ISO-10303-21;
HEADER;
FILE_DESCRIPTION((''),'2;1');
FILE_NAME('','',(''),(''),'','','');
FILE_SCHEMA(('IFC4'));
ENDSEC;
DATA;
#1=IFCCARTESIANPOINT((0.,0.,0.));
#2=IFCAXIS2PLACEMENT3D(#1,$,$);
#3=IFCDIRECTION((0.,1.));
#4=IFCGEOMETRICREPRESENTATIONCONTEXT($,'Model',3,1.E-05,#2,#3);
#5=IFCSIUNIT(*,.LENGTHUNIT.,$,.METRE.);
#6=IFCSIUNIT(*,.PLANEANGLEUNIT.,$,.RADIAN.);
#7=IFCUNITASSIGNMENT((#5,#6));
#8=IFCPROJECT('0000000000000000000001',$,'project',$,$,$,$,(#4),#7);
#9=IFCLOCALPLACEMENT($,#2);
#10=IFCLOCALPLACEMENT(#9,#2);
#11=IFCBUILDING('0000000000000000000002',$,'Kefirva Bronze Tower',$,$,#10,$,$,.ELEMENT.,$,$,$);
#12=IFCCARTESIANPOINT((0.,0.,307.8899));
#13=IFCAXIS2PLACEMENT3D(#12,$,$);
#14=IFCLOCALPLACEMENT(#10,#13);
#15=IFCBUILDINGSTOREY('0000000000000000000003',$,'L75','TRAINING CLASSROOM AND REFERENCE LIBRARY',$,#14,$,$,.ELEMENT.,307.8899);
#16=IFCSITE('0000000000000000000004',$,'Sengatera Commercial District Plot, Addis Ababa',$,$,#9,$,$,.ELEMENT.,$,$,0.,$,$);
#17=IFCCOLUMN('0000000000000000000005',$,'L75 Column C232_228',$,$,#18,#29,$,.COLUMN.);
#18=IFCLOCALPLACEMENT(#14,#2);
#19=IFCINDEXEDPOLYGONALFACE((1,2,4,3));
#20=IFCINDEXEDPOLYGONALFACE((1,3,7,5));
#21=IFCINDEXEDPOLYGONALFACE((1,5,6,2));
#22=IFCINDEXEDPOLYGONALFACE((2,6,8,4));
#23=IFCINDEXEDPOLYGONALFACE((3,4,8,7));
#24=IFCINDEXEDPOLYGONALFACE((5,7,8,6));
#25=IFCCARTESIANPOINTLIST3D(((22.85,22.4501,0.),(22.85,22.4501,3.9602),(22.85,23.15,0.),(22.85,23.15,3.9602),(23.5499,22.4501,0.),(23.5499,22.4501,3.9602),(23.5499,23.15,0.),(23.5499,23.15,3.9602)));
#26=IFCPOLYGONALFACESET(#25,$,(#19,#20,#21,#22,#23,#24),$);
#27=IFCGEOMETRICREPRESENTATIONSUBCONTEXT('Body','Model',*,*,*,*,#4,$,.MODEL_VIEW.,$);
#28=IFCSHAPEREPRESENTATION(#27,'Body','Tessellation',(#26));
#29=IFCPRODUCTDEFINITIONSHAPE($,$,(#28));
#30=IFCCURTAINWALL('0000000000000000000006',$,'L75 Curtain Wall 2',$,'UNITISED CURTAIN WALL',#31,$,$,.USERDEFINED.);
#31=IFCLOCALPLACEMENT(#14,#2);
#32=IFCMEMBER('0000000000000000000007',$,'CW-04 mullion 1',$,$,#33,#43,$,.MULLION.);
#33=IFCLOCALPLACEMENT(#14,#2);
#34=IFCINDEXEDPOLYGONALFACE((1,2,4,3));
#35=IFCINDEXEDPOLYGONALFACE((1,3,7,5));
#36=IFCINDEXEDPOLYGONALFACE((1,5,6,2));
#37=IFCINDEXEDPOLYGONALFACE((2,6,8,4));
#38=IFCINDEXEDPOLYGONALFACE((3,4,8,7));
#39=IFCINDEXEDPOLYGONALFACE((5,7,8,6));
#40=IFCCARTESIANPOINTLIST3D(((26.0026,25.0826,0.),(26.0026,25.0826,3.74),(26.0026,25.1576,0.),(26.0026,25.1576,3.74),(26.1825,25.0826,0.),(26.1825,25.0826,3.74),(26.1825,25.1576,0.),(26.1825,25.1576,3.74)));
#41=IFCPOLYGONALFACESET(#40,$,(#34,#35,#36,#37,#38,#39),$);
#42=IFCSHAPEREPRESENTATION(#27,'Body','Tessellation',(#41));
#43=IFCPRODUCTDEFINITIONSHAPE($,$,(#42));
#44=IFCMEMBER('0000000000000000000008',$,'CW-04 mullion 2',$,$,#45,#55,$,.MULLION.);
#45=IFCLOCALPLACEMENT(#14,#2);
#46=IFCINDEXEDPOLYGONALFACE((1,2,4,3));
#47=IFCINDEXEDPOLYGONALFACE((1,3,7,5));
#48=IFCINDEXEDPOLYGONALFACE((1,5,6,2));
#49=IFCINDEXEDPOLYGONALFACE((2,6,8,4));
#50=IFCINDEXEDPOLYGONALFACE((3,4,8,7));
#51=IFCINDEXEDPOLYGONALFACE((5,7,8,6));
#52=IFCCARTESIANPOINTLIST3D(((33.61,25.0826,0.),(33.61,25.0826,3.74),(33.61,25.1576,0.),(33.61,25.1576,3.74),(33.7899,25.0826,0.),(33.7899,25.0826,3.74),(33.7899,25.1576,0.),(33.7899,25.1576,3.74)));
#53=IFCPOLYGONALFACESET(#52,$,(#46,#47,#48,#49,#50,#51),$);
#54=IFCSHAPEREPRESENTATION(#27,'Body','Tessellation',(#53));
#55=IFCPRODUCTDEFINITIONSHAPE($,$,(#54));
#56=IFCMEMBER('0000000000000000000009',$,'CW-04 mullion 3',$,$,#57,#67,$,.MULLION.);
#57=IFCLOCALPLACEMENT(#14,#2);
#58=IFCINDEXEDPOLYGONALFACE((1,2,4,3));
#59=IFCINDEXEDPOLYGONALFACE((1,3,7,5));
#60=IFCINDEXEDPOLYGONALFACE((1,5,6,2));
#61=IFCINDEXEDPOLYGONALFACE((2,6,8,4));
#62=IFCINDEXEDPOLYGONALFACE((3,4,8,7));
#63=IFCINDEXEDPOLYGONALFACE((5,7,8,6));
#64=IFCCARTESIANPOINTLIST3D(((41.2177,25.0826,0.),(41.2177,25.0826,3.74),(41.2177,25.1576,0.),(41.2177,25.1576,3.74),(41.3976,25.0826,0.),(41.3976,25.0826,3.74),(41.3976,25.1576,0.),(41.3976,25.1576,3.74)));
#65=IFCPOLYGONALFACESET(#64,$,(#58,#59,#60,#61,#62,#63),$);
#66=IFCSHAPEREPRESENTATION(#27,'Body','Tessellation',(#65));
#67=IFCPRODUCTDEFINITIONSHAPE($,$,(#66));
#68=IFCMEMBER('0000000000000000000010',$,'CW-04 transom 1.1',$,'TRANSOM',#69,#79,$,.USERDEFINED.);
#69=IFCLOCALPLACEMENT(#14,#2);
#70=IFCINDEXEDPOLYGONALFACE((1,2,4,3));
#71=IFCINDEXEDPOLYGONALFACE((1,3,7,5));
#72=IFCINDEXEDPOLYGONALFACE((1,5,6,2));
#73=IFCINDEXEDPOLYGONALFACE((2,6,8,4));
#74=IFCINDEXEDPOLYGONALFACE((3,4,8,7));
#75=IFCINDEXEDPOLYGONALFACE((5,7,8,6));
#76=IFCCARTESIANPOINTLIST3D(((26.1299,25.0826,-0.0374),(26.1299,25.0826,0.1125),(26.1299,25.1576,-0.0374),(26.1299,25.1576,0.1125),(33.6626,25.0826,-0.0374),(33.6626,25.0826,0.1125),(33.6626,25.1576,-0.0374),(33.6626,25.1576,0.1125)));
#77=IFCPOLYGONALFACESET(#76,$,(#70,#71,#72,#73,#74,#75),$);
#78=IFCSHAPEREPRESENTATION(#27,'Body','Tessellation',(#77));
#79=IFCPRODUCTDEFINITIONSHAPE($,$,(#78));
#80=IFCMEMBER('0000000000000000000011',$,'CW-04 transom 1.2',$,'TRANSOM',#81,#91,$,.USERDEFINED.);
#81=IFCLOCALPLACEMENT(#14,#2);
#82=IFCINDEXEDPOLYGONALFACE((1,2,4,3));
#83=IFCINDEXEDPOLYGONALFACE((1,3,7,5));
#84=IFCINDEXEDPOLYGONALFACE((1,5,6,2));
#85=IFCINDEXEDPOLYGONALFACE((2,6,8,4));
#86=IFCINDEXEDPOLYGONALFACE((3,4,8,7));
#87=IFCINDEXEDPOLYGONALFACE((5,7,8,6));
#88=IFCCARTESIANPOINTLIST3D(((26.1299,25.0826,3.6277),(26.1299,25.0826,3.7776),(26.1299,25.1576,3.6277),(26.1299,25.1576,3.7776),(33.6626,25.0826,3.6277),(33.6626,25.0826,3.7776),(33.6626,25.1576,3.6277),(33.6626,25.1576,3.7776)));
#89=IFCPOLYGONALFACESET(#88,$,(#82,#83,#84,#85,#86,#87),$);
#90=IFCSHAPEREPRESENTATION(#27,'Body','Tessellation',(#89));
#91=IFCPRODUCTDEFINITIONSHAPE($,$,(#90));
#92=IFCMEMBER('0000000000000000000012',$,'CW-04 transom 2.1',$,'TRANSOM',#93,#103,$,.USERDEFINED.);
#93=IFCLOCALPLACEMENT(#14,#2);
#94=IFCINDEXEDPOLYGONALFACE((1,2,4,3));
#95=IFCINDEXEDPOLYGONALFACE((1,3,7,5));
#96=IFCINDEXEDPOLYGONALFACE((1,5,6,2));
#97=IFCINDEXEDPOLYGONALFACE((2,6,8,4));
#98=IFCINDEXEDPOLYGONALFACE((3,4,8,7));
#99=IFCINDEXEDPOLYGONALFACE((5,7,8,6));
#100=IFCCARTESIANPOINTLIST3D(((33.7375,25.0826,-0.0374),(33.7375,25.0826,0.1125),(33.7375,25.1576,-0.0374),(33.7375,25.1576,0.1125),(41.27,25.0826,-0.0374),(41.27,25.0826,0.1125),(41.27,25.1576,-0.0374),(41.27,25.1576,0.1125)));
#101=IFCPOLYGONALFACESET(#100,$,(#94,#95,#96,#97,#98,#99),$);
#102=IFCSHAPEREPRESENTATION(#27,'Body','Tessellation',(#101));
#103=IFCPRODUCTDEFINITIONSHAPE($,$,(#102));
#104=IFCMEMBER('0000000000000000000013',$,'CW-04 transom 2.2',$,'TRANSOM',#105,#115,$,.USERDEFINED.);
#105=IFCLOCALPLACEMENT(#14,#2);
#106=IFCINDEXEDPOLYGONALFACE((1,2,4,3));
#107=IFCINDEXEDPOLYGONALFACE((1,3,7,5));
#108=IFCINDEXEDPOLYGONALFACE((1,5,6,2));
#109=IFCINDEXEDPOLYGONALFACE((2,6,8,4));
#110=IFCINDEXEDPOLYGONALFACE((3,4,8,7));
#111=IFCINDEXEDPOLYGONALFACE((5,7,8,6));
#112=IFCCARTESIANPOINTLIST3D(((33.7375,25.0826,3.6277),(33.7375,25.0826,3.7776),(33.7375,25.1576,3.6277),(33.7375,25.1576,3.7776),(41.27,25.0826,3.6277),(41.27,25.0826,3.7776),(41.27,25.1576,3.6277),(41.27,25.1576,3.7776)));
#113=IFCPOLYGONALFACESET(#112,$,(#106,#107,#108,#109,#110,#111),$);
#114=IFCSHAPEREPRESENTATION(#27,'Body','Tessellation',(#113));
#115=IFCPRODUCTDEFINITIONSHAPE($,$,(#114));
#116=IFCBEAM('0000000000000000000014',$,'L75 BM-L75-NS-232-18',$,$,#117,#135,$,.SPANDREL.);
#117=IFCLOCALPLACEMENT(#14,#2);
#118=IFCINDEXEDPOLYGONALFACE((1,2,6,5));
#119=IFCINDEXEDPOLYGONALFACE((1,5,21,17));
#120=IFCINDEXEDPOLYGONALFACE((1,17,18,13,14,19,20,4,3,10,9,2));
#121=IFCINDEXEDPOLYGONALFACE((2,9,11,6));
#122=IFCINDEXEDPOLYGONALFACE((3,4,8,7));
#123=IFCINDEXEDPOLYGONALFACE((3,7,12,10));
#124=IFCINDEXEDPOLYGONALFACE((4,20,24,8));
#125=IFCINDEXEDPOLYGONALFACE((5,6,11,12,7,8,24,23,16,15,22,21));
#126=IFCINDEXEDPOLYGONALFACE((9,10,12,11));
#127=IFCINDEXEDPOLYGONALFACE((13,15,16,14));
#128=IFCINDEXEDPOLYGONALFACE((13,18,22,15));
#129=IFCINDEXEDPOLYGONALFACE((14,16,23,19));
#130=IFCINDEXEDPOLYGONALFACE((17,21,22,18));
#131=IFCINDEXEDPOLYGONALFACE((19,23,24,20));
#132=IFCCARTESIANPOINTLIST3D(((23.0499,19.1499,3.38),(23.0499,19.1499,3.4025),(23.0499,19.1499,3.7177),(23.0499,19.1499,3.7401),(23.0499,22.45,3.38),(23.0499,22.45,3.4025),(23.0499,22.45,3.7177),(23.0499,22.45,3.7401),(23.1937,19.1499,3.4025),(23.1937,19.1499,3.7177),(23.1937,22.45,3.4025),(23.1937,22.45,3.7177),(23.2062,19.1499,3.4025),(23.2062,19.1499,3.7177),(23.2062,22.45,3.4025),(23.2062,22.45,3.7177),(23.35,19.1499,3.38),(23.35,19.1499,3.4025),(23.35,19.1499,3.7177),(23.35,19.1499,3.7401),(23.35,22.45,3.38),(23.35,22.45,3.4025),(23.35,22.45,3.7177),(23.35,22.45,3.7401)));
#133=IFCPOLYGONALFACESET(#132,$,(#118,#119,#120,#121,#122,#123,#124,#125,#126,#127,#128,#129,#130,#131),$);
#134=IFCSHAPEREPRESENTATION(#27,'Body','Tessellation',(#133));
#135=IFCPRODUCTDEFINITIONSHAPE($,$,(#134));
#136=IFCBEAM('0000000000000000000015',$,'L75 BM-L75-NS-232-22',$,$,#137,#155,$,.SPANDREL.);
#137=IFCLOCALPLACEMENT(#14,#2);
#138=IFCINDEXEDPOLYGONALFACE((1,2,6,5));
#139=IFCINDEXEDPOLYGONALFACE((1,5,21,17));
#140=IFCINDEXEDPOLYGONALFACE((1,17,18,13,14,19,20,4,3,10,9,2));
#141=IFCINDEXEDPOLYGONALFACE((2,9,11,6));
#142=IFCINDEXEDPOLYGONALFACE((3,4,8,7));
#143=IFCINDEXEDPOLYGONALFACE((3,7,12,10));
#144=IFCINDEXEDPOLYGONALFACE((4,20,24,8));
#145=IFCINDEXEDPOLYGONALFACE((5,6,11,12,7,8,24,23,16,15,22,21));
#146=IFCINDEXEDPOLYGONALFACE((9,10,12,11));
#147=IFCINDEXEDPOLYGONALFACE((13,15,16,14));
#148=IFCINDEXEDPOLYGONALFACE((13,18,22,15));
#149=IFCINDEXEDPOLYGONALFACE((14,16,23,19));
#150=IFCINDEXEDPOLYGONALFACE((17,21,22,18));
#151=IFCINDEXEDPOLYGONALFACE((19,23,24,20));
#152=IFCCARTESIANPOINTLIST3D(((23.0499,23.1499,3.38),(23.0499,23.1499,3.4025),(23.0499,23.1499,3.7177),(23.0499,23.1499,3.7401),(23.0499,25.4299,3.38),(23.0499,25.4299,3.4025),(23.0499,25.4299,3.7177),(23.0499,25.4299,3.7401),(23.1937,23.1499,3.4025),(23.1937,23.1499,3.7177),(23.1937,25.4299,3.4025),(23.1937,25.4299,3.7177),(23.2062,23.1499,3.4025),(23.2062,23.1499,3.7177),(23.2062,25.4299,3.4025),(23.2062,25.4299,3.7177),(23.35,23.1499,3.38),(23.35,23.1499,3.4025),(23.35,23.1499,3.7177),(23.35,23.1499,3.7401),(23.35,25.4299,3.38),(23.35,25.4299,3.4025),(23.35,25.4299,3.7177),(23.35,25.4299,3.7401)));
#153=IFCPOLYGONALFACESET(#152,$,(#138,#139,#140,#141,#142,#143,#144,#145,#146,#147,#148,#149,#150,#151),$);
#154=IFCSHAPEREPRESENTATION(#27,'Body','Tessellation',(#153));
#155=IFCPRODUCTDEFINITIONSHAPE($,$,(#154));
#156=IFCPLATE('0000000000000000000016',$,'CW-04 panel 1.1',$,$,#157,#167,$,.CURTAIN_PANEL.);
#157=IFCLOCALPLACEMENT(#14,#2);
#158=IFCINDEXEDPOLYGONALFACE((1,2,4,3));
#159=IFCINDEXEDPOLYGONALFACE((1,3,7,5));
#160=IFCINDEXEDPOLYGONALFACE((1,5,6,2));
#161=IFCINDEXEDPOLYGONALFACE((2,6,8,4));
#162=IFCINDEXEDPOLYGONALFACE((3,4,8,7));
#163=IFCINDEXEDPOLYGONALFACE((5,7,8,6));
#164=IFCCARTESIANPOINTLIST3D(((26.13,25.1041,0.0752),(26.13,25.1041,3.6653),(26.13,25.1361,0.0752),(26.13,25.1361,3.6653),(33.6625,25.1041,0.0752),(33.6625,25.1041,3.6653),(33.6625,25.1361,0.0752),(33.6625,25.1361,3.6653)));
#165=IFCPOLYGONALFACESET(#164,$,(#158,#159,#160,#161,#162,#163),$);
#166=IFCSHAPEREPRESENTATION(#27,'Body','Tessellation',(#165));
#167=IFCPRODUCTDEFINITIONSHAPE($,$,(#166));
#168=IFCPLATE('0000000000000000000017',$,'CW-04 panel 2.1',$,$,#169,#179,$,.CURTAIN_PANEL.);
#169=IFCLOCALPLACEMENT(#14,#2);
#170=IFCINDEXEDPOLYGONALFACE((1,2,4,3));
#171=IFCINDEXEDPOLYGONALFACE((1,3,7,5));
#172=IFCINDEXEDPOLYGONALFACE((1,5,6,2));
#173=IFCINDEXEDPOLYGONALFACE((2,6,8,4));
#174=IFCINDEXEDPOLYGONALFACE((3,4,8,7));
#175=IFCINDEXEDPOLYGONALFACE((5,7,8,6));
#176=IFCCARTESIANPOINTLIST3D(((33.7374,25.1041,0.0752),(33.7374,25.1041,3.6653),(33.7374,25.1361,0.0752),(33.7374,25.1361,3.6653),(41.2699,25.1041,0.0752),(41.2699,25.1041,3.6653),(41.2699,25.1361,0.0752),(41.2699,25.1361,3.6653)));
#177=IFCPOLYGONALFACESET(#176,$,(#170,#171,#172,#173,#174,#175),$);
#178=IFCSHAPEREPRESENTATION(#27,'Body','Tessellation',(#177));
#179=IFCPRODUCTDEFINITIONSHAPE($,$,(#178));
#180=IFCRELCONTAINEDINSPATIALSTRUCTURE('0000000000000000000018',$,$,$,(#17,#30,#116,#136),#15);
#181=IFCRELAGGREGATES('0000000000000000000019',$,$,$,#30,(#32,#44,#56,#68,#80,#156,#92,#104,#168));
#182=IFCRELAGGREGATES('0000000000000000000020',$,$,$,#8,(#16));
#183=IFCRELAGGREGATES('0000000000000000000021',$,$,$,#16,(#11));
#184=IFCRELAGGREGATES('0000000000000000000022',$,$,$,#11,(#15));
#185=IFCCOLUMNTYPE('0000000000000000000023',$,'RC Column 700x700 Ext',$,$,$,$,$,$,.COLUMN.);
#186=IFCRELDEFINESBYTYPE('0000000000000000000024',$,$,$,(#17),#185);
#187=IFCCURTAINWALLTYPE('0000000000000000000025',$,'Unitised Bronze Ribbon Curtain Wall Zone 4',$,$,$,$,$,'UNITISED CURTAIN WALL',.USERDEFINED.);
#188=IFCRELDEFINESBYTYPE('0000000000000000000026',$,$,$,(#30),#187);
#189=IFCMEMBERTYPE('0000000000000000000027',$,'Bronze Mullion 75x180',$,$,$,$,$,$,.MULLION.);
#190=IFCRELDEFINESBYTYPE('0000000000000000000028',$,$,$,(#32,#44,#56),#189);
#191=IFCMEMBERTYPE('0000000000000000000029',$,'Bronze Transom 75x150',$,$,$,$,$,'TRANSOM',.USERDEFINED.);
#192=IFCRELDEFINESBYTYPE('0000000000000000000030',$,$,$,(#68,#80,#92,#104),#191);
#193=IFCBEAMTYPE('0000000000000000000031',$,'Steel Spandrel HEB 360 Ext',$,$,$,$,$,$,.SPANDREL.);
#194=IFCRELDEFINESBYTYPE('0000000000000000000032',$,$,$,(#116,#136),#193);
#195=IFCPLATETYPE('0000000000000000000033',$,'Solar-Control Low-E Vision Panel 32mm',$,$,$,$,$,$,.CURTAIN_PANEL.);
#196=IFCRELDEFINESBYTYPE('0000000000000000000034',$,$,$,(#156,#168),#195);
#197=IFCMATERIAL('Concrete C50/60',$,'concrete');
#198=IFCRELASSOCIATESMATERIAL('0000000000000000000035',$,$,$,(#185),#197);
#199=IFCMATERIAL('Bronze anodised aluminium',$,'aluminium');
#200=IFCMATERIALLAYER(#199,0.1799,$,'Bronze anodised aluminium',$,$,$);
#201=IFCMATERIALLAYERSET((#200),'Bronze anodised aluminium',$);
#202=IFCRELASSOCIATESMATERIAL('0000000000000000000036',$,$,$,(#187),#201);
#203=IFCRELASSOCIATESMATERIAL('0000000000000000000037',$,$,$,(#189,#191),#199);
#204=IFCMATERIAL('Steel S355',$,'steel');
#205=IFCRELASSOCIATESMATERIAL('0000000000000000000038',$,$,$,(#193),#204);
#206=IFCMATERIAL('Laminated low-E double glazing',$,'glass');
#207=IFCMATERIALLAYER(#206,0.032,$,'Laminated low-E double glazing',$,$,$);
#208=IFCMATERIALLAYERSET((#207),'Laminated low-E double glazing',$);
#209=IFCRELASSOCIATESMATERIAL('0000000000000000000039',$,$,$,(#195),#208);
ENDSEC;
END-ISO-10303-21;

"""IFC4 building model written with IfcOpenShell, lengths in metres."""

from ifc_helpers import new_model, si_unit, direction, frame, origin, origin_2d, place, context, subcontext, project, spatial, rectangle, i_section, extrude, material, layer, layer_set, material_profile, profile_set, type_object, element, aggregate, save


model = new_model("IFC4")

# Units and contexts
model_context = context("Model", 3, precision=1e-05, world=origin(), true_north=direction((0.0, 1.0)))
body_context = subcontext(model_context, "Body", "Model", "MODEL_VIEW")
ifc_project = project(units=[si_unit("LENGTHUNIT", "METRE"), si_unit("PLANEANGLEUNIT", "RADIAN")], contexts=[model_context])

# Site, building, storey
site_placement = place(None, origin())
site = spatial("IfcSite", under=ifc_project, at=site_placement, Name="Sengatera Commercial District Plot, Addis Ababa", CompositionType="ELEMENT", RefElevation=0.0)
building_placement = place(site_placement, origin())
building = spatial("IfcBuilding", under=site, at=building_placement, Name="Kefirva Bronze Tower", CompositionType="ELEMENT")
storey_placement = place(building_placement, frame((0.0, 0.0, 307.8899)))
storey = spatial("IfcBuildingStorey", under=building, at=storey_placement, Name="L75", Description="TRAINING CLASSROOM AND REFERENCE LIBRARY", CompositionType="ELEMENT", Elevation=307.8899)

# Column
ifc_material_1 = material(Name="Concrete C50/60", Category="concrete")
ifc_material_profile_1 = material_profile(ifc_material_1, rectangle(XDim=0.7, YDim=0.7, at=origin_2d()), Name="RC 700x700")
ifc_profile_set_1 = profile_set([ifc_material_profile_1], Name="Concrete C50/60")
column_type = type_object("IfcColumnType", Name="RC Column 700x700 Ext", PredefinedType="COLUMN", material=ifc_profile_set_1)
column_placement = place(storey_placement, frame((23.2, 22.8, 0.0), z_axis=(0.0, 0.0, 1.0), x_axis=(1.0, 0.0, 0.0)))
element("IfcColumn", 1, at=column_placement, inside=storey, type_object=column_type, Name="L75 Column C232_228", PredefinedType="COLUMN", context=body_context, shape_type="SweptSolid", body=[
    extrude(rectangle(XDim=0.7, YDim=0.7, at=origin_2d()), origin(), (0.0, 0.0, 1.0), 3.9602),
])

# Curtain wall, members
ifc_material_2 = material(Name="Bronze anodised aluminium", Category="aluminium")
ifc_layer_1 = layer(ifc_material_2, 0.1799, Name="Bronze anodised aluminium")
ifc_layer_set_1 = layer_set([ifc_layer_1], Name="Bronze anodised aluminium")
curtain_wall_type = type_object("IfcCurtainWallType", Name="Unitised Bronze Ribbon Curtain Wall Zone 4", ElementType="UNITISED CURTAIN WALL", PredefinedType="USERDEFINED", material=ifc_layer_set_1)
curtain_wall_placement = place(storey_placement, origin())
curtain_wall = element("IfcCurtainWall", 2, at=curtain_wall_placement, inside=storey, type_object=curtain_wall_type, Name="L75 Curtain Wall 2", ObjectType="UNITISED CURTAIN WALL", PredefinedType="USERDEFINED")
ifc_material_profile_2 = material_profile(ifc_material_2, rectangle(XDim=0.075, YDim=0.1799, at=origin_2d()), Name="ALU 75x180")
ifc_profile_set_2 = profile_set([ifc_material_profile_2], Name="Bronze anodised aluminium")
member_type_1 = type_object("IfcMemberType", Name="Bronze Mullion 75x180", PredefinedType="MULLION", material=ifc_profile_set_2)
member_1_placement = place(storey_placement, frame((26.0925, 25.1201, 0.0), z_axis=(0.0, 0.0, 1.0), x_axis=(0.0, 1.0, 0.0)))
member_1 = element("IfcMember", 3, at=member_1_placement, type_object=member_type_1, Name="CW-04 mullion 1", PredefinedType="MULLION", context=body_context, shape_type="SweptSolid", body=[
    extrude(rectangle(XDim=0.075, YDim=0.1799, at=origin_2d()), origin(), (0.0, 0.0, 1.0), 3.74),
])
member_2_placement = place(storey_placement, frame((33.7, 25.1201, 0.0), z_axis=(0.0, 0.0, 1.0), x_axis=(0.0, 1.0, 0.0)))
member_2 = element("IfcMember", 4, at=member_2_placement, type_object=member_type_1, Name="CW-04 mullion 2", PredefinedType="MULLION", context=body_context, shape_type="SweptSolid", body=[
    extrude(rectangle(XDim=0.075, YDim=0.1799, at=origin_2d()), origin(), (0.0, 0.0, 1.0), 3.74),
])
member_3_placement = place(storey_placement, frame((41.3076, 25.1201, 0.0), z_axis=(0.0, 0.0, 1.0), x_axis=(0.0, 1.0, 0.0)))
member_3 = element("IfcMember", 5, at=member_3_placement, type_object=member_type_1, Name="CW-04 mullion 3", PredefinedType="MULLION", context=body_context, shape_type="SweptSolid", body=[
    extrude(rectangle(XDim=0.075, YDim=0.1799, at=origin_2d()), origin(), (0.0, 0.0, 1.0), 3.74),
])
ifc_material_profile_3 = material_profile(ifc_material_2, rectangle(XDim=0.075, YDim=0.1499, at=origin_2d()), Name="ALU 75x150")
ifc_profile_set_3 = profile_set([ifc_material_profile_3], Name="Bronze anodised aluminium")
member_type_2 = type_object("IfcMemberType", Name="Bronze Transom 75x150", ElementType="TRANSOM", PredefinedType="USERDEFINED", material=ifc_profile_set_3)
member_4_placement = place(storey_placement, frame((26.1299, 25.1201, 0.0376), z_axis=(1.0, 0.0, 0.0), x_axis=(0.0, 1.0, 0.0)))
member_4 = element("IfcMember", 6, at=member_4_placement, type_object=member_type_2, Name="CW-04 transom 1.1", ObjectType="TRANSOM", PredefinedType="USERDEFINED", context=body_context, shape_type="SweptSolid", body=[
    extrude(rectangle(XDim=0.075, YDim=0.1499, at=origin_2d()), origin(), (0.0, 0.0, 1.0), 7.5327),
])
member_5_placement = place(storey_placement, frame((26.1299, 25.1201, 3.7026), z_axis=(1.0, 0.0, 0.0), x_axis=(0.0, 1.0, 0.0)))
member_5 = element("IfcMember", 7, at=member_5_placement, type_object=member_type_2, Name="CW-04 transom 1.2", ObjectType="TRANSOM", PredefinedType="USERDEFINED", context=body_context, shape_type="SweptSolid", body=[
    extrude(rectangle(XDim=0.075, YDim=0.1499, at=origin_2d()), origin(), (0.0, 0.0, 1.0), 7.5327),
])
member_6_placement = place(storey_placement, frame((33.7375, 25.1201, 0.0376), z_axis=(1.0, 0.0, 0.0), x_axis=(0.0, 1.0, 0.0)))
member_6 = element("IfcMember", 8, at=member_6_placement, type_object=member_type_2, Name="CW-04 transom 2.1", ObjectType="TRANSOM", PredefinedType="USERDEFINED", context=body_context, shape_type="SweptSolid", body=[
    extrude(rectangle(XDim=0.075, YDim=0.1499, at=origin_2d()), origin(), (0.0, 0.0, 1.0), 7.5325),
])
member_7_placement = place(storey_placement, frame((33.7375, 25.1201, 3.7026), z_axis=(1.0, 0.0, 0.0), x_axis=(0.0, 1.0, 0.0)))
member_7 = element("IfcMember", 9, at=member_7_placement, type_object=member_type_2, Name="CW-04 transom 2.2", ObjectType="TRANSOM", PredefinedType="USERDEFINED", context=body_context, shape_type="SweptSolid", body=[
    extrude(rectangle(XDim=0.075, YDim=0.1499, at=origin_2d()), origin(), (0.0, 0.0, 1.0), 7.5325),
])

# Beams
ifc_material_3 = material(Name="Steel S355", Category="steel")
ifc_material_profile_4 = material_profile(ifc_material_3, i_section(OverallWidth=0.3, OverallDepth=0.3601, WebThickness=0.0125, FlangeThickness=0.0225, at=origin_2d()), Name="HEB 360")
ifc_profile_set_4 = profile_set([ifc_material_profile_4], Name="Steel S355")
beam_type = type_object("IfcBeamType", Name="Steel Spandrel HEB 360 Ext", PredefinedType="SPANDREL", material=ifc_profile_set_4)
beam_1_placement = place(storey_placement, frame((23.2, 19.1499, 3.5601), z_axis=(0.0, 1.0, 0.0), x_axis=(-1.0, 0.0, 0.0)))
element("IfcBeam", 10, at=beam_1_placement, inside=storey, type_object=beam_type, Name="L75 BM-L75-NS-232-18", PredefinedType="SPANDREL", context=body_context, shape_type="SweptSolid", body=[
    extrude(i_section(OverallWidth=0.3, OverallDepth=0.3601, WebThickness=0.0125, FlangeThickness=0.0225, at=origin_2d()), origin(), (0.0, 0.0, 1.0), 3.3),
])
beam_2_placement = place(storey_placement, frame((23.2, 23.1499, 3.5601), z_axis=(0.0, 1.0, 0.0), x_axis=(-1.0, 0.0, 0.0)))
element("IfcBeam", 11, at=beam_2_placement, inside=storey, type_object=beam_type, Name="L75 BM-L75-NS-232-22", PredefinedType="SPANDREL", context=body_context, shape_type="SweptSolid", body=[
    extrude(i_section(OverallWidth=0.3, OverallDepth=0.3601, WebThickness=0.0125, FlangeThickness=0.0225, at=origin_2d()), origin(), (0.0, 0.0, 1.0), 2.28),
])

# Plates
ifc_material_4 = material(Name="Laminated low-E double glazing", Category="glass")
ifc_layer_2 = layer(ifc_material_4, 0.032, Name="Laminated low-E double glazing")
ifc_layer_set_2 = layer_set([ifc_layer_2], Name="Laminated low-E double glazing")
plate_type = type_object("IfcPlateType", Name="Solar-Control Low-E Vision Panel 32mm", PredefinedType="CURTAIN_PANEL", material=ifc_layer_set_2)
plate_1_placement = place(storey_placement, frame((29.8962, 25.1201, 0.0752), z_axis=(0.0, 0.0, 1.0), x_axis=(1.0, 0.0, 0.0)))
plate_1 = element("IfcPlate", 12, at=plate_1_placement, type_object=plate_type, Name="CW-04 panel 1.1", PredefinedType="CURTAIN_PANEL", context=body_context, shape_type="SweptSolid", body=[
    extrude(rectangle(XDim=7.5325, YDim=0.032, at=origin_2d()), origin(), (0.0, 0.0, 1.0), 3.5901),
])
plate_2_placement = place(storey_placement, frame((37.5037, 25.1201, 0.0752), z_axis=(0.0, 0.0, 1.0), x_axis=(1.0, 0.0, 0.0)))
plate_2 = element("IfcPlate", 13, at=plate_2_placement, type_object=plate_type, Name="CW-04 panel 2.1", PredefinedType="CURTAIN_PANEL", context=body_context, shape_type="SweptSolid", body=[
    extrude(rectangle(XDim=7.5325, YDim=0.032, at=origin_2d()), origin(), (0.0, 0.0, 1.0), 3.5901),
])
aggregate(curtain_wall, [member_1, member_2, member_3, member_4, member_5, plate_1, member_6, member_7, plate_2])

save(model, "model.ifc")
